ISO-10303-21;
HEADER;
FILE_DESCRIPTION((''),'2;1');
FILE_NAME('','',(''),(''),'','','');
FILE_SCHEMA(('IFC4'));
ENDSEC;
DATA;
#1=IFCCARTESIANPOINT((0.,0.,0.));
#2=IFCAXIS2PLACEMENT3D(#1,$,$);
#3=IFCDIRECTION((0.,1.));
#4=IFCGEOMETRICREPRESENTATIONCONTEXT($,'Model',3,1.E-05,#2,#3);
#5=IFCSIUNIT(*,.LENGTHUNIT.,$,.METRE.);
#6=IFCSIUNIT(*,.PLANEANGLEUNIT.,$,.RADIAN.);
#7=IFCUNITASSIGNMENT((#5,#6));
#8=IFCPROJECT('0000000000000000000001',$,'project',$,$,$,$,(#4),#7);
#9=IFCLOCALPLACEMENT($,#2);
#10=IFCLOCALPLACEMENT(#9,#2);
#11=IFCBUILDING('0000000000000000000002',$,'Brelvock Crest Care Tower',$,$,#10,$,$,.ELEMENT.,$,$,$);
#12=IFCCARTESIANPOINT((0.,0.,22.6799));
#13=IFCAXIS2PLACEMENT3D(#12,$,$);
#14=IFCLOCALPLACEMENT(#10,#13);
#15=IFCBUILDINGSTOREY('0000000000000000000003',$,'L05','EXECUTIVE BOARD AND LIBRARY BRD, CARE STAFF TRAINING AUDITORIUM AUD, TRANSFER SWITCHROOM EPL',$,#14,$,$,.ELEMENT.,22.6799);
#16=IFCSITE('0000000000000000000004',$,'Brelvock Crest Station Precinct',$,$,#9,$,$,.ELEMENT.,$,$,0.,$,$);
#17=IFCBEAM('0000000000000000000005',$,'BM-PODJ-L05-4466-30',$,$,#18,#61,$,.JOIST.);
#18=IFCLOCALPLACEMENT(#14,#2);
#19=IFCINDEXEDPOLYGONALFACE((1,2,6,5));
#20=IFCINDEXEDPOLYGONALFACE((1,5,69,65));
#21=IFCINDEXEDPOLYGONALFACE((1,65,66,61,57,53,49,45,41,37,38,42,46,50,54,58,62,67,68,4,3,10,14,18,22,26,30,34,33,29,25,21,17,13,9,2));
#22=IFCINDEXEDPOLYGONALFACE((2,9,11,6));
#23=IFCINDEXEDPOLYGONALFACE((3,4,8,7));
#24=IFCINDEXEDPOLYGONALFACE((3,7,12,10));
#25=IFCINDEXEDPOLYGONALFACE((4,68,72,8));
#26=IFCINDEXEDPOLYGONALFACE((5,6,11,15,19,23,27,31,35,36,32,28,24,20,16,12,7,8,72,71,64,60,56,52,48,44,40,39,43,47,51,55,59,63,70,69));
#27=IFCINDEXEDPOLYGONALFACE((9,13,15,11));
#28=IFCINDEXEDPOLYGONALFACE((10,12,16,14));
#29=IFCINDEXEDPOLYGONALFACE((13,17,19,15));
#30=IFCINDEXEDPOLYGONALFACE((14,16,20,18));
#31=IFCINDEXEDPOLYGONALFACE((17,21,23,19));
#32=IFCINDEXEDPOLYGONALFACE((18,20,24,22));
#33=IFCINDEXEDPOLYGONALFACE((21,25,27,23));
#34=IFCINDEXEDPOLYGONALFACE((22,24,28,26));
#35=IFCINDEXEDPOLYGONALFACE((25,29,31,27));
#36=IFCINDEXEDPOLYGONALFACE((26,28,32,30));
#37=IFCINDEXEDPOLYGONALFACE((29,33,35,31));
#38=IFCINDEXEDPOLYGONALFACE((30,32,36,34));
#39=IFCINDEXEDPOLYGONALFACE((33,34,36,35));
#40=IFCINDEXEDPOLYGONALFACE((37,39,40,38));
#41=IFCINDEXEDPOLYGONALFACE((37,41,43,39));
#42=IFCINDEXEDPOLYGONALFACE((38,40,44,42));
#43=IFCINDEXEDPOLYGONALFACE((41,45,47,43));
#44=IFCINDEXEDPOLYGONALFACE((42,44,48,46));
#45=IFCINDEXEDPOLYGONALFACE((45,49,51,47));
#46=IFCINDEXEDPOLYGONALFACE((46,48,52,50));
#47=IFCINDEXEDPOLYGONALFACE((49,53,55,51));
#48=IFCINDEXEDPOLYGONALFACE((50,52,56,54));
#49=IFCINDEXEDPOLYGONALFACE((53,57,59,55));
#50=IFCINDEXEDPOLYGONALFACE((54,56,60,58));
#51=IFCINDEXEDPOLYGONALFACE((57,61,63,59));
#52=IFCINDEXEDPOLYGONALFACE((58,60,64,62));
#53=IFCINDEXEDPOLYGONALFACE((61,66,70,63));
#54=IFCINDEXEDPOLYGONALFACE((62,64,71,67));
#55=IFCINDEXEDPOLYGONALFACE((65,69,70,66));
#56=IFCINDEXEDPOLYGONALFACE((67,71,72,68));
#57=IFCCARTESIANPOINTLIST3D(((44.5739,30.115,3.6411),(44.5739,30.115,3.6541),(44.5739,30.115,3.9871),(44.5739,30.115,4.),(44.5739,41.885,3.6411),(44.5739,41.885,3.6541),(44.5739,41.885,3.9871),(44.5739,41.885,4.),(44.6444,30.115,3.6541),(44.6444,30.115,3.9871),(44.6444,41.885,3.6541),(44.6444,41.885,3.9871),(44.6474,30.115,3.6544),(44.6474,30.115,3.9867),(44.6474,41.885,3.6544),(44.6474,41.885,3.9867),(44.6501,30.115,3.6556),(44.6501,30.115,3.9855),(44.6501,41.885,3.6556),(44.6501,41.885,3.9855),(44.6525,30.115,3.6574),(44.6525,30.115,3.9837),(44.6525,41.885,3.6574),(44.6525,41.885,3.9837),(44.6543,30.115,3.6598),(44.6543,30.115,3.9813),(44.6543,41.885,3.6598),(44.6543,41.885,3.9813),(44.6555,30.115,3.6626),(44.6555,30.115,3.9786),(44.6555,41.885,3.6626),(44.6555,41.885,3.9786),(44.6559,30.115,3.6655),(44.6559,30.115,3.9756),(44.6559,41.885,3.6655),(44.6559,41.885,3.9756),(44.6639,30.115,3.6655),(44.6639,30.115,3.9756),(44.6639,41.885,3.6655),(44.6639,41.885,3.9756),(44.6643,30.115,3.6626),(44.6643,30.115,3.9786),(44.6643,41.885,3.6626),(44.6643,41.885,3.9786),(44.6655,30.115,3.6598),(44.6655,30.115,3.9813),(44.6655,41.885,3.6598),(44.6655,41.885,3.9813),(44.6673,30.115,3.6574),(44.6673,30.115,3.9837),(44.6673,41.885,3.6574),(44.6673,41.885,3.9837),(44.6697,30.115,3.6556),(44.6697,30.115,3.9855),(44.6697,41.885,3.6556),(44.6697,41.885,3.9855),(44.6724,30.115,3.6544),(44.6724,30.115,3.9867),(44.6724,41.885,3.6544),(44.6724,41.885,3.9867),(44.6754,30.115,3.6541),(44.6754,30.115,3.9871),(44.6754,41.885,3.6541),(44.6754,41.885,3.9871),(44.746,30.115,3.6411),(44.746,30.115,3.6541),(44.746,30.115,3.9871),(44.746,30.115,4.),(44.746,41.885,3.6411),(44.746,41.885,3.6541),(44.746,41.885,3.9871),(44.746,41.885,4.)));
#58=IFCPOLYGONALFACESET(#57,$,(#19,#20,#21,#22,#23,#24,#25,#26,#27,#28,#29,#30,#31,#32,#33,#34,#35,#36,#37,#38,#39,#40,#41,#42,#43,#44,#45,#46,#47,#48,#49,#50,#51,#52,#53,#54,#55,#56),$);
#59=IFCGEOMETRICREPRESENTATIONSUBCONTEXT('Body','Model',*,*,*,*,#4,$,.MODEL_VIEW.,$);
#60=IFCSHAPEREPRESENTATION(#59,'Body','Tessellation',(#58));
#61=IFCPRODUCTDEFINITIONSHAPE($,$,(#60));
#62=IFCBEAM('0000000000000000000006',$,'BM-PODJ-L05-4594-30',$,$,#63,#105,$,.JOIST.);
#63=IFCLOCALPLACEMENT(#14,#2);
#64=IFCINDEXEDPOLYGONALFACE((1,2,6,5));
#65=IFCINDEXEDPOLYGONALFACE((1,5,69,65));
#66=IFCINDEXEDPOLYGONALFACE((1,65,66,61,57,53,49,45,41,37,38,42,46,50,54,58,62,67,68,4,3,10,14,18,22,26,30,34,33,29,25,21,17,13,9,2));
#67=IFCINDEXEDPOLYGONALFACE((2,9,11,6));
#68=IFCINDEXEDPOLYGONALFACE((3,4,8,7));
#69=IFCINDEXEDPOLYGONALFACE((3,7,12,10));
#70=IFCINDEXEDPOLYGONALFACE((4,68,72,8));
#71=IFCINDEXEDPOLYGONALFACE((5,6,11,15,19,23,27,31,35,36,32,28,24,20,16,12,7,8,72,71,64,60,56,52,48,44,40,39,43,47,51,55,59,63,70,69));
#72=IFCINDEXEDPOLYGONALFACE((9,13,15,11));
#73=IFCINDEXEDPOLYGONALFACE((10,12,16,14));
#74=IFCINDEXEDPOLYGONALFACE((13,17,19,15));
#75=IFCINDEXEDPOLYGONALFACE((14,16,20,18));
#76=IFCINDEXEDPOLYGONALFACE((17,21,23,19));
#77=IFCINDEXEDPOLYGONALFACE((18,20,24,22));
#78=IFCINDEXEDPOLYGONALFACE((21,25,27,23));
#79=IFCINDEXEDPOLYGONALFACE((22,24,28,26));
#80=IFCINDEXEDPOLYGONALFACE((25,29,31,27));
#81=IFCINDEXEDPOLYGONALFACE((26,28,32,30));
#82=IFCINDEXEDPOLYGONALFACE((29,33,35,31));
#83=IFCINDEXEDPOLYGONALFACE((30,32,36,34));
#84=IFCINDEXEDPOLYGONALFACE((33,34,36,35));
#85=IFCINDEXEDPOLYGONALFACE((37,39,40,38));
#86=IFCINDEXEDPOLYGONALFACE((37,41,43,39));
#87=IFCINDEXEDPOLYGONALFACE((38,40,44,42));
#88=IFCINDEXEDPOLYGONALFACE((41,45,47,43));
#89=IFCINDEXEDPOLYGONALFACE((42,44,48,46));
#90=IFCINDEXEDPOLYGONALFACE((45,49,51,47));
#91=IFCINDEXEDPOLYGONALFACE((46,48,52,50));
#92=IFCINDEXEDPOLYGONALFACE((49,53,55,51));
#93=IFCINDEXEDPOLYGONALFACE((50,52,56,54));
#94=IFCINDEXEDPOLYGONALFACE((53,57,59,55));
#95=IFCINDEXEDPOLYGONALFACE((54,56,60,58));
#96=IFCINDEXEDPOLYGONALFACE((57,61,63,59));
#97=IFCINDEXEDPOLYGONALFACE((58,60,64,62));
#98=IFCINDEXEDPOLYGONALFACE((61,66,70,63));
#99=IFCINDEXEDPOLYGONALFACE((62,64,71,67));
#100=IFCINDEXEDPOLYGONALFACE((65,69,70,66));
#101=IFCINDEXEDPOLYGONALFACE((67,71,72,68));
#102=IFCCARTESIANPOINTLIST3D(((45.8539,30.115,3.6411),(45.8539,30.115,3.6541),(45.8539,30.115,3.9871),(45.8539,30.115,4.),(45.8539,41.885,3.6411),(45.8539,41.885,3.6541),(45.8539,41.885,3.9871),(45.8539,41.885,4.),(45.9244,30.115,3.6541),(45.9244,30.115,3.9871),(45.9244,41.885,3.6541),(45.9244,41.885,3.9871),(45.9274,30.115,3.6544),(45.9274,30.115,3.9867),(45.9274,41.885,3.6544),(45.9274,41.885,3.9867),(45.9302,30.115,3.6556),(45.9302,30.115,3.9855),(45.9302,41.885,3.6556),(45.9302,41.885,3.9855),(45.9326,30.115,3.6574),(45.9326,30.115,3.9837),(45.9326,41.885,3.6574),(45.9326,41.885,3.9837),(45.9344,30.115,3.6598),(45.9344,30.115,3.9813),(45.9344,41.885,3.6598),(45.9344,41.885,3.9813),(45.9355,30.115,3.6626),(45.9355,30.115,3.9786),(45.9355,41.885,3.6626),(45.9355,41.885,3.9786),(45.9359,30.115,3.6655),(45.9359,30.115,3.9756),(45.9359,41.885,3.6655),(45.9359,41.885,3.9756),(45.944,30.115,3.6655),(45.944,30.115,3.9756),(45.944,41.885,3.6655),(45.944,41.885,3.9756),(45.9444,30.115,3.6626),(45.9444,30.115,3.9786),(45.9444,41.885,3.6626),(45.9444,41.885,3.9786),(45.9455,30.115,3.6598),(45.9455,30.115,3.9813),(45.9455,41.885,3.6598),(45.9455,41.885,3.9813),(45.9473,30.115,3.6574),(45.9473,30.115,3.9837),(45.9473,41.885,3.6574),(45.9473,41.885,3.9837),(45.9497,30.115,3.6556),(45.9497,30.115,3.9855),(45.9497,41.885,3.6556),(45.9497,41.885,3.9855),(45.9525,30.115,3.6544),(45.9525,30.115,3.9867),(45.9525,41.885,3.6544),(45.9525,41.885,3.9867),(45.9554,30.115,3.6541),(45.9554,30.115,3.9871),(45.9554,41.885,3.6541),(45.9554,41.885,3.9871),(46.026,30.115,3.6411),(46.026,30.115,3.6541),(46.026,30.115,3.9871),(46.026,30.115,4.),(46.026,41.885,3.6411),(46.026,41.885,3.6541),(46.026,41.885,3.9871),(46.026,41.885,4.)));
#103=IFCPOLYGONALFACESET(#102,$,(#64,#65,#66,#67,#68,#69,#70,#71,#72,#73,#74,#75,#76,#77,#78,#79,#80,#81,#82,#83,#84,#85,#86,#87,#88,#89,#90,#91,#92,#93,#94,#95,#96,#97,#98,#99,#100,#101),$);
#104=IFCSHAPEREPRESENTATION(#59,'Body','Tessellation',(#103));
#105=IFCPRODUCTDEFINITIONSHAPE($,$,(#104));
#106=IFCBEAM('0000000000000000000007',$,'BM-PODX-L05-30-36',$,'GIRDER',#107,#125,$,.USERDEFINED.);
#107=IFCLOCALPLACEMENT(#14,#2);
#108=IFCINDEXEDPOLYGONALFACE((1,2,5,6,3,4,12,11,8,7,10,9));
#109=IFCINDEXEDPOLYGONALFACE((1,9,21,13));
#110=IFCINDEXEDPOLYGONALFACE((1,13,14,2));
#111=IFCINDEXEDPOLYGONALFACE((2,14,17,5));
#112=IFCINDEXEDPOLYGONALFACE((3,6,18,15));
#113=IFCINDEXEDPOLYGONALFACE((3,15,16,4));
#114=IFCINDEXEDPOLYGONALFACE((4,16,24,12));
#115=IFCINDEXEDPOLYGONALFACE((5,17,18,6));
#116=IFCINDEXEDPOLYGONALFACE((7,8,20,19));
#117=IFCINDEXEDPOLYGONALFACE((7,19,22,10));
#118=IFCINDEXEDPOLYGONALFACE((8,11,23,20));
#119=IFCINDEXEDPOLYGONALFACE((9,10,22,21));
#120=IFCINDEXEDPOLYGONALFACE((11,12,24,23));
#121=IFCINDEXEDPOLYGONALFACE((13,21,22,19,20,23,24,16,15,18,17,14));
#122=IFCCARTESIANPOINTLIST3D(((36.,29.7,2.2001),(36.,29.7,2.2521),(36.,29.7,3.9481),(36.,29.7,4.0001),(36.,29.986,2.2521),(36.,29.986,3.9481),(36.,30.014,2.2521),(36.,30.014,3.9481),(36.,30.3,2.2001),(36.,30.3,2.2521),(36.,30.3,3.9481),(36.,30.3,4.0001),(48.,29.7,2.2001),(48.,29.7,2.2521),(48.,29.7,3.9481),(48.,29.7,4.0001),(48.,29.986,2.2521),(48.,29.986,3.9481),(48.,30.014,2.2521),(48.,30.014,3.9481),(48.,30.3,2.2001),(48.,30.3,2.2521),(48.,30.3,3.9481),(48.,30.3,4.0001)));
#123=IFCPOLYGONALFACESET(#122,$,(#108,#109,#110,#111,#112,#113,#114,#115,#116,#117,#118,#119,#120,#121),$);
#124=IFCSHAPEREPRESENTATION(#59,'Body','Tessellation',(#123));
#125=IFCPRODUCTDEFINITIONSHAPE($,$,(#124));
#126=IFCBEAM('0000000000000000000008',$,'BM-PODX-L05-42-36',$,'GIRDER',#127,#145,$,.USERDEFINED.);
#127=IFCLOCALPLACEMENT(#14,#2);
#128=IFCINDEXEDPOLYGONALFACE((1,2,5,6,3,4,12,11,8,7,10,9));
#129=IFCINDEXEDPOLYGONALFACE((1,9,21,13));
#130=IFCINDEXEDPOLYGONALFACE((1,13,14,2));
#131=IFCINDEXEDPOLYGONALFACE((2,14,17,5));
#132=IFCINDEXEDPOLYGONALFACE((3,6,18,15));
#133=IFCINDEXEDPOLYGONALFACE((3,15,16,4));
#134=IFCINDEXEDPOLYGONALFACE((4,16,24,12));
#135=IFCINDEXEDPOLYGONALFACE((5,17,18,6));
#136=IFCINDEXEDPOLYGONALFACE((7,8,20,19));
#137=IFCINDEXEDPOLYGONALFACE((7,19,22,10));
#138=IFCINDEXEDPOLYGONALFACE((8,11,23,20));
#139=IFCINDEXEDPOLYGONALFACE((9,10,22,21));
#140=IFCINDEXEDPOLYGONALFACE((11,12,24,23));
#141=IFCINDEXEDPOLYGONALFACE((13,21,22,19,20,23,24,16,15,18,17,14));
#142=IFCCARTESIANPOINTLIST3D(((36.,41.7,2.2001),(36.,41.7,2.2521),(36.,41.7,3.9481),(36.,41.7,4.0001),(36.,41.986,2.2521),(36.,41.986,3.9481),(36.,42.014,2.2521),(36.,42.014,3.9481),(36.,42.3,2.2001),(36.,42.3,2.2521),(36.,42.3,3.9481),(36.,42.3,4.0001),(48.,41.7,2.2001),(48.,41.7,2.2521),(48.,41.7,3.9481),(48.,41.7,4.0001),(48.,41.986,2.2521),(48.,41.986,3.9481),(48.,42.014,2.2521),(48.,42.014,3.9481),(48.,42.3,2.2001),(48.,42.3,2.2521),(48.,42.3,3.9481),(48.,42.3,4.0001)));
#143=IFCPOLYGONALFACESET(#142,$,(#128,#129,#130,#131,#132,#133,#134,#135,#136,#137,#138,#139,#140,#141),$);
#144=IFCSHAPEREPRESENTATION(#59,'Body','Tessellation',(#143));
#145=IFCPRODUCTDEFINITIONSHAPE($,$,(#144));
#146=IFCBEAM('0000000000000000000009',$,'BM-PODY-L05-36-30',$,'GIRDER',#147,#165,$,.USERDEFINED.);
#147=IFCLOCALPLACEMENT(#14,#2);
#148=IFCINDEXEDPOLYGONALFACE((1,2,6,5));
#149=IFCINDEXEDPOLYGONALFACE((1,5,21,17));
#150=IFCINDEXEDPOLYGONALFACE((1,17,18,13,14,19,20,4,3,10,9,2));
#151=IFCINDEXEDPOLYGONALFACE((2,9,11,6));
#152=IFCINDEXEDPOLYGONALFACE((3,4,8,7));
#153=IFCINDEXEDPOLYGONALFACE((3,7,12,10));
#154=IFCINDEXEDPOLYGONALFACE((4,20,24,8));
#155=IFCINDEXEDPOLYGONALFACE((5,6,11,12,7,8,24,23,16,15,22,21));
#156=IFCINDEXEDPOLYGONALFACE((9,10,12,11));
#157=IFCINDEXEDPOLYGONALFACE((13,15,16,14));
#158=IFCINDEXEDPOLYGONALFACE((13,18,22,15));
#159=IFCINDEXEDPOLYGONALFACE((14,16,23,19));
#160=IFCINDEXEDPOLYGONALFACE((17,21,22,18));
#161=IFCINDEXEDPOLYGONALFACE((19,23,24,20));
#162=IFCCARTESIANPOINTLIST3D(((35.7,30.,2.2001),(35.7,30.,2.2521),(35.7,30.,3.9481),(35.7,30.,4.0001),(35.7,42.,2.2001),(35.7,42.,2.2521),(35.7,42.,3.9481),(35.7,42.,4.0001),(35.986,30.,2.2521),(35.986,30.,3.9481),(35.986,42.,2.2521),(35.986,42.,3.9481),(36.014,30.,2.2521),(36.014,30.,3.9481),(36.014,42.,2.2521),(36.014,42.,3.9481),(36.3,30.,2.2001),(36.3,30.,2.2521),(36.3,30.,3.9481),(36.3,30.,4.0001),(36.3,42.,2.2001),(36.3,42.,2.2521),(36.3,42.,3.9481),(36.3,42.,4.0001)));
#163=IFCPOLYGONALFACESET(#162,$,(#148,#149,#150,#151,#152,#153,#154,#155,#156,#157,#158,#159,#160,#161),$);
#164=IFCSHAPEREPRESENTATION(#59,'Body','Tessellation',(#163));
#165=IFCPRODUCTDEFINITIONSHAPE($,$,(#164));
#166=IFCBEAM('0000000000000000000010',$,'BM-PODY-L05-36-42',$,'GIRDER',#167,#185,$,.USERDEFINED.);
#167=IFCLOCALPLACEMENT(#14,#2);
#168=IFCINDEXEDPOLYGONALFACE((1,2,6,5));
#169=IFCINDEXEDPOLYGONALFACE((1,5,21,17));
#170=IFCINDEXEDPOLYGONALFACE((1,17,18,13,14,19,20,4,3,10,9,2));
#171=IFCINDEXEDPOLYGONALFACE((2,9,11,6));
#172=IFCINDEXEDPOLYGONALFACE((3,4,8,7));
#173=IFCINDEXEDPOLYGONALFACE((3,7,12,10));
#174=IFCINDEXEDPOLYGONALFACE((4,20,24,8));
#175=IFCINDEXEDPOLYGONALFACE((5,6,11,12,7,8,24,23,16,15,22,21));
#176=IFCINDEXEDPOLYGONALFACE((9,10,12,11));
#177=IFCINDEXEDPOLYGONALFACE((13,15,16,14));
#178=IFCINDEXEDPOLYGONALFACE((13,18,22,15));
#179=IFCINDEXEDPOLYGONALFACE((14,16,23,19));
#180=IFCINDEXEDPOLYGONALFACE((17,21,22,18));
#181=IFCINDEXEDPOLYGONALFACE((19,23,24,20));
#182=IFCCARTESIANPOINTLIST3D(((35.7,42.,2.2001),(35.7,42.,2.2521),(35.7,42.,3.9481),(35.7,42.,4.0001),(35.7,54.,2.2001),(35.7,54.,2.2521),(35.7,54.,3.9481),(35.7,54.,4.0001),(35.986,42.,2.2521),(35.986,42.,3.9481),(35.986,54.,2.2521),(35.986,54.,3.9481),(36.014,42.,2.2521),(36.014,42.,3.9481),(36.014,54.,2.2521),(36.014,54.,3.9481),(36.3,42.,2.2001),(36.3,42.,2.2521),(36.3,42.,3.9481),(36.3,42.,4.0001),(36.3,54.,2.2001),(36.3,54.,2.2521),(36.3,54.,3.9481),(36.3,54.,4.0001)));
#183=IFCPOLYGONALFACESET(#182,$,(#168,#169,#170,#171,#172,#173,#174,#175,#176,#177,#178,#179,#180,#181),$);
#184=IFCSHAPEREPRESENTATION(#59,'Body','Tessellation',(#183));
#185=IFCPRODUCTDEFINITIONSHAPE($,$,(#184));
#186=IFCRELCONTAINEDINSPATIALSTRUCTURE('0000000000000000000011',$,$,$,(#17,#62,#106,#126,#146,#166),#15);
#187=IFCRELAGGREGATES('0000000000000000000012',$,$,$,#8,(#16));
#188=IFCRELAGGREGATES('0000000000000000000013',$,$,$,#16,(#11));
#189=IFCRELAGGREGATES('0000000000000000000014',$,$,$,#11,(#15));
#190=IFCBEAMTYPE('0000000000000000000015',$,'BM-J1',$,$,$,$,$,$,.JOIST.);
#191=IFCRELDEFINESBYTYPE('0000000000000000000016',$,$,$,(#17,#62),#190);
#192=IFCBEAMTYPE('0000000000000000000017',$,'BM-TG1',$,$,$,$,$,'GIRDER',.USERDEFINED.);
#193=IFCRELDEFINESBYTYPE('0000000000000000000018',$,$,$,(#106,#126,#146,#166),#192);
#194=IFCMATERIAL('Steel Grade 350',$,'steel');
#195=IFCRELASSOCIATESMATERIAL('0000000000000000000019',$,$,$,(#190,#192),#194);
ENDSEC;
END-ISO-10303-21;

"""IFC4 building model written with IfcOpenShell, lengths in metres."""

from ifc_helpers import new_model, si_unit, direction, frame, origin, origin_2d, place, context, subcontext, project, spatial, i_section, extrude, source, transform, mapped, material, material_profile, profile_set, type_object, element, save


model = new_model("IFC4")

# Units and contexts
model_context = context("Model", 3, precision=1e-05, world=origin(), true_north=direction((0.0, 1.0)))
body_context = subcontext(model_context, "Body", "Model", "MODEL_VIEW")
ifc_project = project(units=[si_unit("LENGTHUNIT", "METRE"), si_unit("PLANEANGLEUNIT", "RADIAN")], contexts=[model_context])

# Site, building, storey
site_placement = place(None, origin())
site = spatial("IfcSite", under=ifc_project, at=site_placement, Name="Brelvock Crest Station Precinct", CompositionType="ELEMENT", RefElevation=0.0)
building_placement = place(site_placement, origin())
building = spatial("IfcBuilding", under=site, at=building_placement, Name="Brelvock Crest Care Tower", CompositionType="ELEMENT")
storey_placement = place(building_placement, frame((0.0, 0.0, 22.6799)))
storey = spatial("IfcBuildingStorey", under=building, at=storey_placement, Name="L05", Description="EXECUTIVE BOARD AND LIBRARY BRD, CARE STAFF TRAINING AUDITORIUM AUD, TRANSFER SWITCHROOM EPL", CompositionType="ELEMENT", Elevation=22.6799)

# Shared definitions
ifc_material_1 = material(Name="Steel Grade 350", Category="steel")

# Beams
ifc_material_profile_1 = material_profile(ifc_material_1, i_section(OverallWidth=0.1721, OverallDepth=0.3589, WebThickness=0.0081, FlangeThickness=0.0129, FilletRadius=0.0115, at=origin_2d()), Name="360UB56.7")
ifc_profile_set_1 = profile_set([ifc_material_profile_1], Name="Steel Grade 350")
beam_type_1 = type_object("IfcBeamType", Name="BM-J1", PredefinedType="JOIST", material=ifc_profile_set_1)
shared_shape_1 = source(origin(), body_context, "Body", "SweptSolid", [
    extrude(i_section(OverallWidth=0.1721, OverallDepth=0.3589, WebThickness=0.0081, FlangeThickness=0.0129, FilletRadius=0.0115, at=origin_2d()), origin(), (0.0, 0.0, 1.0), 11.77),
])
for number, where, z_axis, x_axis, name in (
    (1, (44.6599, 30.115, 3.8206), (0.0, 1.0, 0.0), (-1.0, 0.0, 0.0), "BM-PODJ-L05-4466-30"),
    (2, (45.9399, 30.115, 3.8206), (0.0, 1.0, 0.0), (-1.0, 0.0, 0.0), "BM-PODJ-L05-4594-30"),
):
    element("IfcBeam", number, at=place(storey_placement, frame(where, z_axis=z_axis, x_axis=x_axis)), inside=storey, type_object=beam_type_1, Name=name, PredefinedType="JOIST", context=body_context, shape_type="MappedRepresentation", body=[
        mapped(shared_shape_1, transform((0.0, 0.0, 0.0), x_axis=(1.0, 0.0, 0.0), y_axis=(0.0, 1.0, 0.0), z_axis=(0.0, 0.0, 1.0), scale=1.0)),
    ])
ifc_material_profile_2 = material_profile(ifc_material_1, i_section(OverallWidth=0.6001, OverallDepth=1.8, WebThickness=0.0281, FlangeThickness=0.052, at=origin_2d()), Name="1800TG740")
ifc_profile_set_2 = profile_set([ifc_material_profile_2], Name="Steel Grade 350")
beam_type_2 = type_object("IfcBeamType", Name="BM-TG1", ElementType="GIRDER", PredefinedType="USERDEFINED", material=ifc_profile_set_2)
shared_shape_2 = source(origin(), body_context, "Body", "SweptSolid", [
    extrude(i_section(OverallWidth=0.6001, OverallDepth=1.8, WebThickness=0.0281, FlangeThickness=0.052, at=origin_2d()), origin(), (0.0, 0.0, 1.0), 12.0),
])
for number, where, z_axis, x_axis, name in (
    (3, (36.0, 30.0, 3.1001), (1.0, 0.0, 0.0), (0.0, 1.0, 0.0), "BM-PODX-L05-30-36"),
    (4, (36.0, 42.0, 3.1001), (1.0, 0.0, 0.0), (0.0, 1.0, 0.0), "BM-PODX-L05-42-36"),
    (5, (36.0, 30.0, 3.1001), (0.0, 1.0, 0.0), (-1.0, 0.0, 0.0), "BM-PODY-L05-36-30"),
    (6, (36.0, 42.0, 3.1001), (0.0, 1.0, 0.0), (-1.0, 0.0, 0.0), "BM-PODY-L05-36-42"),
):
    element("IfcBeam", number, at=place(storey_placement, frame(where, z_axis=z_axis, x_axis=x_axis)), inside=storey, type_object=beam_type_2, Name=name, ObjectType="GIRDER", PredefinedType="USERDEFINED", context=body_context, shape_type="MappedRepresentation", body=[
        mapped(shared_shape_2, transform((0.0, 0.0, 0.0), x_axis=(1.0, 0.0, 0.0), y_axis=(0.0, 1.0, 0.0), z_axis=(0.0, 0.0, 1.0), scale=1.0)),
    ])

save(model, "model.ifc")
